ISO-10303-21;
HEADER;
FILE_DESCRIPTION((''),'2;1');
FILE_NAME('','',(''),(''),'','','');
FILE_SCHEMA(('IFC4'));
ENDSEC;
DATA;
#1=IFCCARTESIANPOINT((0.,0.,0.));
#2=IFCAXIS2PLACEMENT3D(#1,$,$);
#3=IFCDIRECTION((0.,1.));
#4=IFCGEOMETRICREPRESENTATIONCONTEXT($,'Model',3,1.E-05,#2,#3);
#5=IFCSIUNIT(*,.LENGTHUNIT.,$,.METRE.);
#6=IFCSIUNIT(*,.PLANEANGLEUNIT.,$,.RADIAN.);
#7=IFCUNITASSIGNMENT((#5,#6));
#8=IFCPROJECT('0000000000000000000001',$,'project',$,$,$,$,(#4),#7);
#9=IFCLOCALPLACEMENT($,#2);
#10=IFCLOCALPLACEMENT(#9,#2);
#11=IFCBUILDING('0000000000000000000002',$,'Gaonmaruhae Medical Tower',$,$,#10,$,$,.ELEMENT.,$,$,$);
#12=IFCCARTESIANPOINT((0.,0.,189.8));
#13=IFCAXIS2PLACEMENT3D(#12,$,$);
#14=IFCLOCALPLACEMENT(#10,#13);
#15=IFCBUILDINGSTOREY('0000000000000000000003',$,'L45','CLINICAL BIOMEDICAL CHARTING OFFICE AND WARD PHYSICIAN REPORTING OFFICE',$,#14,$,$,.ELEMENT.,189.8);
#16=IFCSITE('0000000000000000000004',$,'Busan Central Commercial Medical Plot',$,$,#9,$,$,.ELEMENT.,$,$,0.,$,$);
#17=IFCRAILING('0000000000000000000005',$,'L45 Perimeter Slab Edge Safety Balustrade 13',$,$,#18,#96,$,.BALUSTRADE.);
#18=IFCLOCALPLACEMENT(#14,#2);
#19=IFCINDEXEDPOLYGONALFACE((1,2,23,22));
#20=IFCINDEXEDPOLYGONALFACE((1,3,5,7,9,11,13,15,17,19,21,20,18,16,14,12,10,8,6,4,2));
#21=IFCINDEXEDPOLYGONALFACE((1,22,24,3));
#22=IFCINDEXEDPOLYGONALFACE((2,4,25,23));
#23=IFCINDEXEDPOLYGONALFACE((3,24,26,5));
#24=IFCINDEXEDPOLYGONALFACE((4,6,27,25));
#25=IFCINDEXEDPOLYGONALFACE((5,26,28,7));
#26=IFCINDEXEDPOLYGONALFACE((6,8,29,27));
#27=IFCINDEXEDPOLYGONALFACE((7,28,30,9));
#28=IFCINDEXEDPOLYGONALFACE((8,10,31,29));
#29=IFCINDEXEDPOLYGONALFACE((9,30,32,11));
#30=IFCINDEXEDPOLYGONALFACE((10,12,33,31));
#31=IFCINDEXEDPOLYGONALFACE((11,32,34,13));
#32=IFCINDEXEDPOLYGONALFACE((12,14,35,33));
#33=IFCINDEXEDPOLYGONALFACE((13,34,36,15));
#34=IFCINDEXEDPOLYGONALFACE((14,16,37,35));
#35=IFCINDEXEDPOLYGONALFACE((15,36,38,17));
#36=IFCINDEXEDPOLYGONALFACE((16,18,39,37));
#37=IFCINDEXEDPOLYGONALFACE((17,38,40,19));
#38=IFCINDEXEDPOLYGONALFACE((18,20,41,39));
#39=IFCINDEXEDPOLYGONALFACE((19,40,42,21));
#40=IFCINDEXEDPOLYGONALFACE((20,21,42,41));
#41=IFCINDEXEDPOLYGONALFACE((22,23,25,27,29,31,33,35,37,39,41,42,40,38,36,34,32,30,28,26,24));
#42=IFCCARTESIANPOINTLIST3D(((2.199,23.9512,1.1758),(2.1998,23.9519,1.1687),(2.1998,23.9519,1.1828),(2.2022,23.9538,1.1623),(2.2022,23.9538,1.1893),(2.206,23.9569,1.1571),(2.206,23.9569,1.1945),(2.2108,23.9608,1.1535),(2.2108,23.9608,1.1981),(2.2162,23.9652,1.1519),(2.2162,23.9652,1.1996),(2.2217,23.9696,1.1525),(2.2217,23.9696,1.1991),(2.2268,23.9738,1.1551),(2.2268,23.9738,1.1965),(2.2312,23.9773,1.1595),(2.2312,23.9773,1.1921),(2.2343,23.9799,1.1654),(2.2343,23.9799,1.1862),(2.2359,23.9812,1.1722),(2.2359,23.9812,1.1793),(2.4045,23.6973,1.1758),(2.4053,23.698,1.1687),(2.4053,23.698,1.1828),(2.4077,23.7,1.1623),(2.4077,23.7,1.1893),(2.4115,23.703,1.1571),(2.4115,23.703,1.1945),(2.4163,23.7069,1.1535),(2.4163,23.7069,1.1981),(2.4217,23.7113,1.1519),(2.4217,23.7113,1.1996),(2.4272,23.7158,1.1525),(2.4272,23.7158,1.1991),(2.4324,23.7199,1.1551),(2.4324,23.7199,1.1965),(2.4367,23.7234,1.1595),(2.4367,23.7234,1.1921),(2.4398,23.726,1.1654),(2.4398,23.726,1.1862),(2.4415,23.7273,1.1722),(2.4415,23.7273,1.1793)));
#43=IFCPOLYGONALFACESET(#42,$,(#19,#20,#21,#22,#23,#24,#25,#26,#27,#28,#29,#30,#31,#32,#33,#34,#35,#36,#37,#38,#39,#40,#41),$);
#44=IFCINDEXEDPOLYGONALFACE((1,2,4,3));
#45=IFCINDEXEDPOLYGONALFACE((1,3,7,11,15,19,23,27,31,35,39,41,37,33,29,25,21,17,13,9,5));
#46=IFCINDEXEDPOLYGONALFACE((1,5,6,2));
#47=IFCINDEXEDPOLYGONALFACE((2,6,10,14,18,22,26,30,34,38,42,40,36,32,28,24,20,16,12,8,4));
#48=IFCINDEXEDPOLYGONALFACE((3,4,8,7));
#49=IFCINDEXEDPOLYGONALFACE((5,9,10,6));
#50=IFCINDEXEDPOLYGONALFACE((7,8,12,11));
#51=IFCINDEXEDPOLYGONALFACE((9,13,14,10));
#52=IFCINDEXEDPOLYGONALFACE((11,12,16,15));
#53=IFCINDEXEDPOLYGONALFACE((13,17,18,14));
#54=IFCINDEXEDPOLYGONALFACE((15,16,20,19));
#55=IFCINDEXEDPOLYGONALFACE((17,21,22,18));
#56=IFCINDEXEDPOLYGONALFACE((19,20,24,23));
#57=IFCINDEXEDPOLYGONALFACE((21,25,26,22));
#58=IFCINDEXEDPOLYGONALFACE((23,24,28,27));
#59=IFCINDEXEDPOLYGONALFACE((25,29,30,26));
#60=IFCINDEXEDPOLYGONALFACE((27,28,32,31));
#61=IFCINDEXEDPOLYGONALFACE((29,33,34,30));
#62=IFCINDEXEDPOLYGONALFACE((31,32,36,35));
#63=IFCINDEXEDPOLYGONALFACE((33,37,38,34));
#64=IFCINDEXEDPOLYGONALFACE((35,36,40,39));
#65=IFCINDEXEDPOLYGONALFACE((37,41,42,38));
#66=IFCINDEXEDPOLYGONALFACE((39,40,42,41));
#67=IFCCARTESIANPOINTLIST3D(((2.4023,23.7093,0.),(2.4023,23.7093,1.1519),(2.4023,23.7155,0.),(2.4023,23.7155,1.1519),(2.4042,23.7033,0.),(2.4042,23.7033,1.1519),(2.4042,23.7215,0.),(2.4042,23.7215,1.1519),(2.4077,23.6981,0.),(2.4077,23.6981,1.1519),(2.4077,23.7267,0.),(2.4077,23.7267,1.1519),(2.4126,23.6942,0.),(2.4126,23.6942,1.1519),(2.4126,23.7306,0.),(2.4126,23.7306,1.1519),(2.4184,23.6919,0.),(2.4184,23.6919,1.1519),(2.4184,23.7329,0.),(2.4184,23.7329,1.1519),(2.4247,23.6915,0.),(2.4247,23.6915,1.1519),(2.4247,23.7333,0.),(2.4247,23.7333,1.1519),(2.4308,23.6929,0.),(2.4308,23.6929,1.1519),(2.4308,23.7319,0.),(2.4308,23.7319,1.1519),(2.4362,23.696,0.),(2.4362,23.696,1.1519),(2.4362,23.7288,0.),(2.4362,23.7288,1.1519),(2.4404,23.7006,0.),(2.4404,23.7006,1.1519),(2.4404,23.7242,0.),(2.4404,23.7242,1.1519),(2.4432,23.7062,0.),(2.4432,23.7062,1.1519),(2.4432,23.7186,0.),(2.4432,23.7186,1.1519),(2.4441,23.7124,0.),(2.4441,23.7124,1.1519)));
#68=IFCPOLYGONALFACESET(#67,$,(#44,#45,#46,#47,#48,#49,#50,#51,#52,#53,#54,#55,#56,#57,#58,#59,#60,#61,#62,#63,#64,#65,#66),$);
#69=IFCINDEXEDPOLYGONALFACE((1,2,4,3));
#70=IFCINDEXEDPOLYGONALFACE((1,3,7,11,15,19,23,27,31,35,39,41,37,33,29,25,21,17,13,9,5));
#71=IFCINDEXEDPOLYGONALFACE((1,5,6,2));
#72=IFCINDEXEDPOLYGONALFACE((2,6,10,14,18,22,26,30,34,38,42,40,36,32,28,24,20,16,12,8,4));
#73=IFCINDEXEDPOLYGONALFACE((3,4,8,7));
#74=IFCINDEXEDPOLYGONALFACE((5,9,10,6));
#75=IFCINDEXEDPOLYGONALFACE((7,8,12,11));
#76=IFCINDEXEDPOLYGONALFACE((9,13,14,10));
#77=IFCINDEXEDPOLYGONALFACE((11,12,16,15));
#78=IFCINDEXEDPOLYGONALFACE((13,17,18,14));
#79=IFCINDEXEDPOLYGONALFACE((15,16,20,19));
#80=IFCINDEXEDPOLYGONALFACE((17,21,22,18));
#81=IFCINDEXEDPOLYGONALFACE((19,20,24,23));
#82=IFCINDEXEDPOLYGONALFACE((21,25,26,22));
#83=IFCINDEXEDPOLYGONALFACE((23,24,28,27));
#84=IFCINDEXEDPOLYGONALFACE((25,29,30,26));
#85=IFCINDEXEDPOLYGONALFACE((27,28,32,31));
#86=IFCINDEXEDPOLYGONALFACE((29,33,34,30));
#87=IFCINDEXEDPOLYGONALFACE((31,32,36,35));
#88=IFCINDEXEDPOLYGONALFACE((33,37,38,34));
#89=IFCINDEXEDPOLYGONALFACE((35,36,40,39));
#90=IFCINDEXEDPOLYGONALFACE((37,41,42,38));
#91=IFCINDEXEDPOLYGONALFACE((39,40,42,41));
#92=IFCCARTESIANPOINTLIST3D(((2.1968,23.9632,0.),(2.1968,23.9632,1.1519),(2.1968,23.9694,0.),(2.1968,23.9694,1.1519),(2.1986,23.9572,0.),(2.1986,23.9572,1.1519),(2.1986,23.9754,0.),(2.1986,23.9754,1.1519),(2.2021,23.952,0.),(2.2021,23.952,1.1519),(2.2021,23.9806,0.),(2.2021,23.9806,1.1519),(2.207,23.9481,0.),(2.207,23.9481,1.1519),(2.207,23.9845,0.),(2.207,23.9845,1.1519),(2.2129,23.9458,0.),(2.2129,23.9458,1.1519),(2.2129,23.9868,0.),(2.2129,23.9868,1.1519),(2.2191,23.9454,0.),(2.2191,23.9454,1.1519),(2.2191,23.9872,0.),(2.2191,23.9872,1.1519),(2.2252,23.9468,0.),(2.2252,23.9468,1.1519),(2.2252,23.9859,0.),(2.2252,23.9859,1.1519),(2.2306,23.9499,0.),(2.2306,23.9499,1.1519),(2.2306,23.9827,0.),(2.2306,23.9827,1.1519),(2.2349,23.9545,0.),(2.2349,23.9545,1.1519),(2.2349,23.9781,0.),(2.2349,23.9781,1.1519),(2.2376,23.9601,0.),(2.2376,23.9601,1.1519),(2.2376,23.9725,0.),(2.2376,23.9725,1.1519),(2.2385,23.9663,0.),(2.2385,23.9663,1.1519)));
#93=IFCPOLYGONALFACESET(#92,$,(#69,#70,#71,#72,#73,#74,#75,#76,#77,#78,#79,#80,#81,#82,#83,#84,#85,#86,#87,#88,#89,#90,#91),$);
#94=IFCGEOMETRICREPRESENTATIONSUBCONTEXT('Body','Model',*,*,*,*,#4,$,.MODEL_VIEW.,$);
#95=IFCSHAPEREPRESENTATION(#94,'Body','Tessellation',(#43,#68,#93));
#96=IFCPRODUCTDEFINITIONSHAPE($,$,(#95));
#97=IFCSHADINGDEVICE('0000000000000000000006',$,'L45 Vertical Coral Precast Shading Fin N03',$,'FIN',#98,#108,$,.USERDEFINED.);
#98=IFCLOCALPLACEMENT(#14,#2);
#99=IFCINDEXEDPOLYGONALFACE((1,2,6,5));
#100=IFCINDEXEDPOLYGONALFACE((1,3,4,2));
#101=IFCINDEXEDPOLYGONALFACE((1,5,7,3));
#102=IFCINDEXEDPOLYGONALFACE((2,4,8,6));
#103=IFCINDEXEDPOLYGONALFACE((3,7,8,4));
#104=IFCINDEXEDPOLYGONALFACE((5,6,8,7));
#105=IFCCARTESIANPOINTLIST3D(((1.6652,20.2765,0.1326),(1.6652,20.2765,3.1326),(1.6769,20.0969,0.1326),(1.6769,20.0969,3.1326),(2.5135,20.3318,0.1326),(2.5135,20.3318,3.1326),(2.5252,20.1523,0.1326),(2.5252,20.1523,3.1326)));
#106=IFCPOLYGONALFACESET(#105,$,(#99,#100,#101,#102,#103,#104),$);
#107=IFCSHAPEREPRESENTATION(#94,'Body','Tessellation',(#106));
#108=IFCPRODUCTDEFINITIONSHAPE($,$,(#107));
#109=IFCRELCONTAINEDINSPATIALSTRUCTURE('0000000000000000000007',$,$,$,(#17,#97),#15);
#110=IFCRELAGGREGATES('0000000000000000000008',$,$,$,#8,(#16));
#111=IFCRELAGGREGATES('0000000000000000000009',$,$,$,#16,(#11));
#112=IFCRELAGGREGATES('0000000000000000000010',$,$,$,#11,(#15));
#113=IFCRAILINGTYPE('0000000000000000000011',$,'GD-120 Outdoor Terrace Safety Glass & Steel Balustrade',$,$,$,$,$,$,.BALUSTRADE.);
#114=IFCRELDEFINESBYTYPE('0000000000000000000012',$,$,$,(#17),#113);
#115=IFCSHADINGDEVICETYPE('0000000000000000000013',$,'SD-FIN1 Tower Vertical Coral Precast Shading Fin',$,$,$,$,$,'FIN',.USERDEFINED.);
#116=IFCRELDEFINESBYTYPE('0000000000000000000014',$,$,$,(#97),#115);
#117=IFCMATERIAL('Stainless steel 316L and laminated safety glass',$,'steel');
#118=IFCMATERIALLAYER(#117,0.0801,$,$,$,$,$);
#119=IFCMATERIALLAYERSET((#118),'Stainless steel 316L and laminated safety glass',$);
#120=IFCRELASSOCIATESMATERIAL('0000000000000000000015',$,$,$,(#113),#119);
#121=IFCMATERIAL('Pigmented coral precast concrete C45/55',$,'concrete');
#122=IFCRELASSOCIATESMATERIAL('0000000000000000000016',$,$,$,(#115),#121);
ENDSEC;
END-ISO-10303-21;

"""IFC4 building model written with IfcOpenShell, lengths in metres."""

from ifc_helpers import new_model, si_unit, direction, frame, origin, origin_2d, place, context, subcontext, project, spatial, rectangle, circle, extrude, material, layer, layer_set, type_object, element, save


model = new_model("IFC4")

# Units and contexts
model_context = context("Model", 3, precision=1e-05, world=origin(), true_north=direction((0.0, 1.0)))
body_context = subcontext(model_context, "Body", "Model", "MODEL_VIEW")
ifc_project = project(units=[si_unit("LENGTHUNIT", "METRE"), si_unit("PLANEANGLEUNIT", "RADIAN")], contexts=[model_context])

# Site, building, storey
site_placement = place(None, origin())
site = spatial("IfcSite", under=ifc_project, at=site_placement, Name="Busan Central Commercial Medical Plot", CompositionType="ELEMENT", RefElevation=0.0)
building_placement = place(site_placement, origin())
building = spatial("IfcBuilding", under=site, at=building_placement, Name="Gaonmaruhae Medical Tower", CompositionType="ELEMENT")
storey_placement = place(building_placement, frame((0.0, 0.0, 189.8)))
storey = spatial("IfcBuildingStorey", under=building, at=storey_placement, Name="L45", Description="CLINICAL BIOMEDICAL CHARTING OFFICE AND WARD PHYSICIAN REPORTING OFFICE", CompositionType="ELEMENT", Elevation=189.8)

# Railing
ifc_material_1 = material(Name="Stainless steel 316L and laminated safety glass", Category="steel")
ifc_layer_1 = layer(ifc_material_1, 0.0801)
ifc_layer_set_1 = layer_set([ifc_layer_1], Name="Stainless steel 316L and laminated safety glass")
railing_type = type_object("IfcRailingType", Name="GD-120 Outdoor Terrace Safety Glass & Steel Balustrade", PredefinedType="BALUSTRADE", material=ifc_layer_set_1)
railing_1_placement = place(storey_placement, frame((2.4231, 23.7124, 0.0)))
element("IfcRailing", 1, at=railing_1_placement, inside=storey, type_object=railing_type, Name="L45 Perimeter Slab Edge Safety Balustrade 13", PredefinedType="BALUSTRADE", context=body_context, shape_type="SweptSolid", body=[
    extrude(circle(Radius=0.0239, at=origin_2d()), frame((0.0, 0.0, 1.1758), z_axis=(-0.629241, 0.77721, 0.0), x_axis=(-0.77721, -0.629241, 0.0)), (0.0, 0.0, 1.0), 0.3267),
    extrude(circle(Radius=0.021, at=origin_2d()), origin(), (0.0, 0.0, 1.0), 1.1519),
    extrude(circle(Radius=0.021, at=origin_2d()), frame((-0.2056, 0.2539, 0.0)), (0.0, 0.0, 1.0), 1.1519),
])

# Shading device
ifc_material_2 = material(Name="Pigmented coral precast concrete C45/55", Category="concrete")
shading_device_type = type_object("IfcShadingDeviceType", Name="SD-FIN1 Tower Vertical Coral Precast Shading Fin", ElementType="FIN", PredefinedType="USERDEFINED", material=ifc_material_2)
shading_device_placement = place(storey_placement, frame((2.0952, 20.2144, 0.1326), z_axis=(0.0, 0.0, 1.0), x_axis=(-0.065107, 0.997878, 0.0)))
element("IfcShadingDevice", 2, at=shading_device_placement, inside=storey, type_object=shading_device_type, Name="L45 Vertical Coral Precast Shading Fin N03", ObjectType="FIN", PredefinedType="USERDEFINED", context=body_context, shape_type="SweptSolid", body=[
    extrude(rectangle(XDim=0.1799, YDim=0.8501, at=origin_2d()), origin(), (0.0, 0.0, 1.0), 3.0),
])

save(model, "model.ifc")
